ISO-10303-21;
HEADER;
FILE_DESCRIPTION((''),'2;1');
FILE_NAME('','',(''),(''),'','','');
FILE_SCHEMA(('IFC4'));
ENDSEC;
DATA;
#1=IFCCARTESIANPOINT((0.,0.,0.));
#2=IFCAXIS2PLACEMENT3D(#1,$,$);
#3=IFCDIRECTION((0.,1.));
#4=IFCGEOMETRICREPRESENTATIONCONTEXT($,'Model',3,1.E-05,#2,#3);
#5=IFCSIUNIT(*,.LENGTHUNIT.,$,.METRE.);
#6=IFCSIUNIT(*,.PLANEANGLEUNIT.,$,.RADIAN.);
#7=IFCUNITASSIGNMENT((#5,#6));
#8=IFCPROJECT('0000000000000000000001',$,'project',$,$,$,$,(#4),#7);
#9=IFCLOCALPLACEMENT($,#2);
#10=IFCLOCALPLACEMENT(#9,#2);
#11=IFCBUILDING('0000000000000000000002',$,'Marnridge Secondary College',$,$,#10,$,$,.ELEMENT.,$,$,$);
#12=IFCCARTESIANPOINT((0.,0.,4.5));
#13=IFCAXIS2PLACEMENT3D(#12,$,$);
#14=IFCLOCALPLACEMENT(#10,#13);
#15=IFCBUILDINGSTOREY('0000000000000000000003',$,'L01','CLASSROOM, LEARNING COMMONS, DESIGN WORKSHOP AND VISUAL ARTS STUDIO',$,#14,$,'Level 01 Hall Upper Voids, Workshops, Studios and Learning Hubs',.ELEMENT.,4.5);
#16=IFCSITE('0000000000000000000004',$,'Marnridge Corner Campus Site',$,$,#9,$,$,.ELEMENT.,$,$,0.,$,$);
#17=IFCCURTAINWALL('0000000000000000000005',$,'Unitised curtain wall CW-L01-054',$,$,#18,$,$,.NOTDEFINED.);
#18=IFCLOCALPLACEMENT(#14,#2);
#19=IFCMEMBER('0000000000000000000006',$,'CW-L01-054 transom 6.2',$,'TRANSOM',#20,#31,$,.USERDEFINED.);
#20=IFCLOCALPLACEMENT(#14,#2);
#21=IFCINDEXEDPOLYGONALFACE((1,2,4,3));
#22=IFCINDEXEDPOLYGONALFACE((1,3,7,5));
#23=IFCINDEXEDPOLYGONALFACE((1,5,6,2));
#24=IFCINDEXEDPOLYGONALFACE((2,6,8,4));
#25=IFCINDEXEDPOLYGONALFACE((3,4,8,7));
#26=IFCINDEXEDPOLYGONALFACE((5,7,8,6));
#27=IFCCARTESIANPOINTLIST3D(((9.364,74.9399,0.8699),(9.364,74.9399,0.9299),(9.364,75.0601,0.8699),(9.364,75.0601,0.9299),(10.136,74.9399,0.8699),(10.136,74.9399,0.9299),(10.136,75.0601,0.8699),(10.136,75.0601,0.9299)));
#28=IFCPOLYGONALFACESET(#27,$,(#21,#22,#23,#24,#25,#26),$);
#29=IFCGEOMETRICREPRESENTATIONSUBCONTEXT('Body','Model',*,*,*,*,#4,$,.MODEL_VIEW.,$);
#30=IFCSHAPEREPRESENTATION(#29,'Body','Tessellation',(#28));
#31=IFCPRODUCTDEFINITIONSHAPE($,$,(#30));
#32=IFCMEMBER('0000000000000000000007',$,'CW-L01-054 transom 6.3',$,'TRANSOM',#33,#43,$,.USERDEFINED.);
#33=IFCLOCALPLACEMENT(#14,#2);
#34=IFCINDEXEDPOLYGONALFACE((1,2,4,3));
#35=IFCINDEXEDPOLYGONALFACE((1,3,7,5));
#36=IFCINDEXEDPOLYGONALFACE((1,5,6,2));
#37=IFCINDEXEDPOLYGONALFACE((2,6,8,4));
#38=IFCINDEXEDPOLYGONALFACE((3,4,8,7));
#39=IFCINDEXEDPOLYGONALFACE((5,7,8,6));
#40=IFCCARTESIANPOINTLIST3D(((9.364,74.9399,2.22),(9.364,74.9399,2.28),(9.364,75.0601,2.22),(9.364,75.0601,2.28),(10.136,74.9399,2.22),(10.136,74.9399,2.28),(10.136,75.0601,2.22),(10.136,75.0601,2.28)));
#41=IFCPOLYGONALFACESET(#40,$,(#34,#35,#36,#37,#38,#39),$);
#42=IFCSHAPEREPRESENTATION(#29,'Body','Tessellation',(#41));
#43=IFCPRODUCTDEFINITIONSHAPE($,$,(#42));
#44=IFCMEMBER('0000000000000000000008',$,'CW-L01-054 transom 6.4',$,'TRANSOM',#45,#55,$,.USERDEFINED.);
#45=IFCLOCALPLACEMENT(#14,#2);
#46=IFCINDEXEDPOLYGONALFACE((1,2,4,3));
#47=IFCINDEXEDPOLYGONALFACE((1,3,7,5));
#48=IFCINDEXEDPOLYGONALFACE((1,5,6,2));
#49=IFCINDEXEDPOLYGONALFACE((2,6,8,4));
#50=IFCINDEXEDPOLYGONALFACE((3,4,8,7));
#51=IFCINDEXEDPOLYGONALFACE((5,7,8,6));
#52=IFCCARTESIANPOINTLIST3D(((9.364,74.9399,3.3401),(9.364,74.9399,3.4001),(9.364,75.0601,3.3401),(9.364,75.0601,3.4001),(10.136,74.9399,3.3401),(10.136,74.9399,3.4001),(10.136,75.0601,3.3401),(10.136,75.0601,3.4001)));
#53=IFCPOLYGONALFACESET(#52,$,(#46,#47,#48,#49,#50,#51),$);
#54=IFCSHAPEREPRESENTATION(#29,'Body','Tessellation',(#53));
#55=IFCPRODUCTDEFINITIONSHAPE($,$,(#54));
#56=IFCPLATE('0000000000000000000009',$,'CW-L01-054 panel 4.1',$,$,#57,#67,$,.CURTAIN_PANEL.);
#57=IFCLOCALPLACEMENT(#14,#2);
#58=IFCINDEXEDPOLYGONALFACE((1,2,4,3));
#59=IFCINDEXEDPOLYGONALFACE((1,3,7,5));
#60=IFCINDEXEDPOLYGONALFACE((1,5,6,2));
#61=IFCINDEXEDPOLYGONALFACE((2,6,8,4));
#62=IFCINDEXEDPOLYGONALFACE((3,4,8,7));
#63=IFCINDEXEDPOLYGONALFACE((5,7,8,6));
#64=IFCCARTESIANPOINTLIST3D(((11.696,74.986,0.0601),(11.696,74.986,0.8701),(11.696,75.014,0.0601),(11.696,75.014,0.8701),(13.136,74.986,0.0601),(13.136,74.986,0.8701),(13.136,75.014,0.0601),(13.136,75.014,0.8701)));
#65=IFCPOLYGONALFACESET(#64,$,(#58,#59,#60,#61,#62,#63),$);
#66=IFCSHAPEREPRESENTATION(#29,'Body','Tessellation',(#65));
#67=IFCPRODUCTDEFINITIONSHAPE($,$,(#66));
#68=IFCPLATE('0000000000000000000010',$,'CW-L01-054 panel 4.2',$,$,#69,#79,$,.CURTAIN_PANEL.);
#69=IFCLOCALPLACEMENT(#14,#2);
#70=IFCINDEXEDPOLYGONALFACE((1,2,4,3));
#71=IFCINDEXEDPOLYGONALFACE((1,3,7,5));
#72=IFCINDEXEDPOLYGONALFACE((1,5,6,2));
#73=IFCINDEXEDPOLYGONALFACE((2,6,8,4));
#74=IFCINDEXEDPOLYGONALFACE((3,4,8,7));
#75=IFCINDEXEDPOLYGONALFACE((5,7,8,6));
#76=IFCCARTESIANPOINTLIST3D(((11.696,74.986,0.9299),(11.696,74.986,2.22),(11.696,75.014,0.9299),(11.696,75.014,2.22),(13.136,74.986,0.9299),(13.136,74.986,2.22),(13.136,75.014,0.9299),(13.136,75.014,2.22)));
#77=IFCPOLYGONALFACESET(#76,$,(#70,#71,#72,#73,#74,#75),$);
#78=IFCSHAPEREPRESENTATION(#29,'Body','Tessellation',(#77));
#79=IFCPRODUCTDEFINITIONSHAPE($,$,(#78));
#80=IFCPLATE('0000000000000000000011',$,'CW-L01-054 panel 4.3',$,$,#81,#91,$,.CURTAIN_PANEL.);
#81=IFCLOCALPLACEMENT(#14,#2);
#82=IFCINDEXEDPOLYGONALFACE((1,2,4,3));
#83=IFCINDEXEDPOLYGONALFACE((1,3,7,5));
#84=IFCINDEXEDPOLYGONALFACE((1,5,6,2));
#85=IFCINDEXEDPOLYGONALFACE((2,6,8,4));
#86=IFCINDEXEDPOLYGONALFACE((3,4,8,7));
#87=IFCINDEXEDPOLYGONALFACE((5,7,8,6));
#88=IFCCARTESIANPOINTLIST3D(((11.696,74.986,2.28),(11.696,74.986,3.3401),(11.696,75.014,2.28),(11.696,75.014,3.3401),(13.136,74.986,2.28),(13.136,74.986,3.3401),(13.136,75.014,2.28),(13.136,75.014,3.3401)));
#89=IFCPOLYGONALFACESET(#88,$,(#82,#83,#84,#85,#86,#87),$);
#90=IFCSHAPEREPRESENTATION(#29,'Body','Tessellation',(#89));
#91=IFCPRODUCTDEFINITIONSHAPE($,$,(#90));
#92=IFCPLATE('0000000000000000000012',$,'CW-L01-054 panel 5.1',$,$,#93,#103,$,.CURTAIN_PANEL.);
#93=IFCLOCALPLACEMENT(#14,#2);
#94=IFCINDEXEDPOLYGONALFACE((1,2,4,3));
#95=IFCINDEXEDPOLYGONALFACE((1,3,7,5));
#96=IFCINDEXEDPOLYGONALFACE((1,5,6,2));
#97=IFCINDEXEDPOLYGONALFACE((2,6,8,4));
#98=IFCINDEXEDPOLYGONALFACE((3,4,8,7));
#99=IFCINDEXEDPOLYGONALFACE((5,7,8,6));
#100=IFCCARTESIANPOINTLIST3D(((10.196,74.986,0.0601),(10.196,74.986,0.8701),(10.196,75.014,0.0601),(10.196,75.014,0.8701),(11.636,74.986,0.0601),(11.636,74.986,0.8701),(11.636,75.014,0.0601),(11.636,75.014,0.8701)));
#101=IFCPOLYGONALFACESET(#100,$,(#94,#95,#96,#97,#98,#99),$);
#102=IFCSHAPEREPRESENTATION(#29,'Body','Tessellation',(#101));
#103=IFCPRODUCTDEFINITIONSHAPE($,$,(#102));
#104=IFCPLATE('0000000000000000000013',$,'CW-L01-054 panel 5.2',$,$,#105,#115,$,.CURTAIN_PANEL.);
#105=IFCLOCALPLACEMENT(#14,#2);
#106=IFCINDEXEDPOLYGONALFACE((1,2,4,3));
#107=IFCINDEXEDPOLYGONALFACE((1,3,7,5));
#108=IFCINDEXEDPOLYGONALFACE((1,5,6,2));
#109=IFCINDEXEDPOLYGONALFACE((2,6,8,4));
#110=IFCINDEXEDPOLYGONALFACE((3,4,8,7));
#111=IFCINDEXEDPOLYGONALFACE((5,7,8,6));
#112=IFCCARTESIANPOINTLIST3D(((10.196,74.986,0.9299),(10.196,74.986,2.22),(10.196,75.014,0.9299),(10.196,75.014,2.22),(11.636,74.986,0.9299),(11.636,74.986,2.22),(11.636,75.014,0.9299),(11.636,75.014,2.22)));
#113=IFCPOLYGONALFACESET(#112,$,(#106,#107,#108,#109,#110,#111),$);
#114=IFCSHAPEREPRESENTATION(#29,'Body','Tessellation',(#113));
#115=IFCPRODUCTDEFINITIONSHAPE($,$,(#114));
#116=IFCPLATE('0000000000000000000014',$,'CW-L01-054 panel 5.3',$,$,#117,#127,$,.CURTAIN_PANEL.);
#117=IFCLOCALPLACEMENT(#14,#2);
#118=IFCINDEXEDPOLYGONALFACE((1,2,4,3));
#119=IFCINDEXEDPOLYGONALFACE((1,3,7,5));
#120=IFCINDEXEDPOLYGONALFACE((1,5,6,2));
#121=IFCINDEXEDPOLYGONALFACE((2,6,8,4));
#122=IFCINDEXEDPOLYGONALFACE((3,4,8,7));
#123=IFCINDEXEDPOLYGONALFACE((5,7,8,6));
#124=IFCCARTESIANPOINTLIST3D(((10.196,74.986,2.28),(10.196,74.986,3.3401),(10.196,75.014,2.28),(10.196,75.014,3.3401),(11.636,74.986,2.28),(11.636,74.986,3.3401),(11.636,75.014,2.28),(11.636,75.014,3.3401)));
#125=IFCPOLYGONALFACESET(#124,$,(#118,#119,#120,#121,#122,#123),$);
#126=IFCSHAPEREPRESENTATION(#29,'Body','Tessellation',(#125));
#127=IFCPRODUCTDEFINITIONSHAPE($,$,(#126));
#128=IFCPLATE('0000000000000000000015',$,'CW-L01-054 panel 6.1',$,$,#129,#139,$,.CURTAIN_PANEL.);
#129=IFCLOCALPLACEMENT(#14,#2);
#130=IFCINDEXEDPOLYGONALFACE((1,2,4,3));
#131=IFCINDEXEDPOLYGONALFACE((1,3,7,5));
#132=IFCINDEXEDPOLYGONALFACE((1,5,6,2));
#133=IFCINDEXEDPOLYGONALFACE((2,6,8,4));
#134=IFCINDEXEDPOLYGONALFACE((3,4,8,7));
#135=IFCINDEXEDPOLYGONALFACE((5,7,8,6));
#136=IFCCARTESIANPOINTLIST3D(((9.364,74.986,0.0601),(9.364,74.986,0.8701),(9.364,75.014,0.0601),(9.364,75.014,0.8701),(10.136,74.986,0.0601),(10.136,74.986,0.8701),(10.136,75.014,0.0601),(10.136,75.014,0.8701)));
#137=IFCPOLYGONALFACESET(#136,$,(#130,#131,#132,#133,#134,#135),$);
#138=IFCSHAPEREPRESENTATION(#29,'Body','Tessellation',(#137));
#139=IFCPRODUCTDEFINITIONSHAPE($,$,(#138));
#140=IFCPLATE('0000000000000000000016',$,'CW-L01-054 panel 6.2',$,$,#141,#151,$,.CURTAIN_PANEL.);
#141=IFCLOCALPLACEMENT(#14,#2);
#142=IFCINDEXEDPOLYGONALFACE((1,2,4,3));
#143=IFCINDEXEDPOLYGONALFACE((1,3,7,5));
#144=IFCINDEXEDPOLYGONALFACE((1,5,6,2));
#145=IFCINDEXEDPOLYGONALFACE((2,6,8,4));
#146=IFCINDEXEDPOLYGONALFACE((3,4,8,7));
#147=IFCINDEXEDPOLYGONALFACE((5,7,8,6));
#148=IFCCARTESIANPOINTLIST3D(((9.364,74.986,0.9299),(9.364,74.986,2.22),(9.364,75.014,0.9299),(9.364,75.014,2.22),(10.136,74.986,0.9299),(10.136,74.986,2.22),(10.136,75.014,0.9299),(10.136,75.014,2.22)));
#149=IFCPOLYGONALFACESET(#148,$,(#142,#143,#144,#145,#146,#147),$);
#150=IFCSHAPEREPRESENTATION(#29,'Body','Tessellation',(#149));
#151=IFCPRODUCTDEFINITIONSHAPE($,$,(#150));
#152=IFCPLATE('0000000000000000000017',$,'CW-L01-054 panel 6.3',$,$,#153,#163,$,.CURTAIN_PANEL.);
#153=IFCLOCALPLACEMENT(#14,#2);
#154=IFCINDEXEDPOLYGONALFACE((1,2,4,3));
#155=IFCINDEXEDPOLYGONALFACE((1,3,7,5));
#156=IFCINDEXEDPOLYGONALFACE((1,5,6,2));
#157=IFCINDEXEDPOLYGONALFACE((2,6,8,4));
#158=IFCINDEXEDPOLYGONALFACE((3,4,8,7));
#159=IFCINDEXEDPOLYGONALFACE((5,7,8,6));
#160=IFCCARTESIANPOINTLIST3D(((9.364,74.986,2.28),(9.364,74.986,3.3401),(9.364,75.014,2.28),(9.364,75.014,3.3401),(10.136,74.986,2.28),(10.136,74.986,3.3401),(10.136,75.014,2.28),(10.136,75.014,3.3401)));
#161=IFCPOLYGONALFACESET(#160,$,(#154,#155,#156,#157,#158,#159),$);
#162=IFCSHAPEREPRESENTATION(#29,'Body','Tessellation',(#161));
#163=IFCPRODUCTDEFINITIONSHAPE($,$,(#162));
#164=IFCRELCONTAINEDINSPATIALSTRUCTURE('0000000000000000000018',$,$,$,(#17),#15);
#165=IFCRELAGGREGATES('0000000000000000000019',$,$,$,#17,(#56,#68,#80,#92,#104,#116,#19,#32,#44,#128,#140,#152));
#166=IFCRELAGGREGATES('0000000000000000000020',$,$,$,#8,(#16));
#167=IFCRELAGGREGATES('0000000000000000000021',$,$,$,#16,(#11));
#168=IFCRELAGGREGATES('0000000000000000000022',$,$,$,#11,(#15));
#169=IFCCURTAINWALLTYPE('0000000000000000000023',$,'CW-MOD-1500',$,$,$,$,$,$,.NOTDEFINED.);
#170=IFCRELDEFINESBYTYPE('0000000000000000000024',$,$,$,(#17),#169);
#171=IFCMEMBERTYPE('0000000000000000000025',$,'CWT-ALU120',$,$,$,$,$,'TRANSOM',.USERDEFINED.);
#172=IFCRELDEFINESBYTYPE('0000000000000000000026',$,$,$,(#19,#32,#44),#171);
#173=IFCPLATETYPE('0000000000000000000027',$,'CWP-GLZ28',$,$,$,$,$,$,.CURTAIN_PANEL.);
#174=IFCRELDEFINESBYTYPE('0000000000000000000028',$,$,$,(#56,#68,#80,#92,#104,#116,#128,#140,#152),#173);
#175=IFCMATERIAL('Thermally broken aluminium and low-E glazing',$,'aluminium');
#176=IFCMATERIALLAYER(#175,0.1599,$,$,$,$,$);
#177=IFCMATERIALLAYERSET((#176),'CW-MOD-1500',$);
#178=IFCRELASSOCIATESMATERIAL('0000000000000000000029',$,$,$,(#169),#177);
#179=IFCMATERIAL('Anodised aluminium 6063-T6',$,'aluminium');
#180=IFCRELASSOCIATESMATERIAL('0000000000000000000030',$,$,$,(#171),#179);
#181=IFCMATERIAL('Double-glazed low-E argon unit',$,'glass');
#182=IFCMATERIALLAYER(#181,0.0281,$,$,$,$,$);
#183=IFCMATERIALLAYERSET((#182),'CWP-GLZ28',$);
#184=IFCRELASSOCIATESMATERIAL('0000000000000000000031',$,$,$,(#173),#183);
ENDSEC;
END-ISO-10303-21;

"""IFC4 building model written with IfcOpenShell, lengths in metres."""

from ifc_helpers import new_model, si_unit, direction, frame, origin, origin_2d, place, context, subcontext, project, spatial, rectangle, extrude, material, layer, layer_set, material_profile, profile_set, type_object, element, aggregate, save


model = new_model("IFC4")

# Units and contexts
model_context = context("Model", 3, precision=1e-05, world=origin(), true_north=direction((0.0, 1.0)))
body_context = subcontext(model_context, "Body", "Model", "MODEL_VIEW")
ifc_project = project(units=[si_unit("LENGTHUNIT", "METRE"), si_unit("PLANEANGLEUNIT", "RADIAN")], contexts=[model_context])

# Site, building, storey
site_placement = place(None, origin())
site = spatial("IfcSite", under=ifc_project, at=site_placement, Name="Marnridge Corner Campus Site", CompositionType="ELEMENT", RefElevation=0.0)
building_placement = place(site_placement, origin())
building = spatial("IfcBuilding", under=site, at=building_placement, Name="Marnridge Secondary College", CompositionType="ELEMENT")
storey_placement = place(building_placement, frame((0.0, 0.0, 4.5)))
storey = spatial("IfcBuildingStorey", under=building, at=storey_placement, Name="L01", Description="CLASSROOM, LEARNING COMMONS, DESIGN WORKSHOP AND VISUAL ARTS STUDIO", LongName="Level 01 Hall Upper Voids, Workshops, Studios and Learning Hubs", CompositionType="ELEMENT", Elevation=4.5)

# Curtain wall, members, plates
ifc_material_1 = material(Name="Thermally broken aluminium and low-E glazing", Category="aluminium")
ifc_layer_1 = layer(ifc_material_1, 0.1599)
ifc_layer_set_1 = layer_set([ifc_layer_1], Name="CW-MOD-1500")
curtain_wall_type = type_object("IfcCurtainWallType", Name="CW-MOD-1500", PredefinedType="NOTDEFINED", material=ifc_layer_set_1)
curtain_wall_placement = place(storey_placement, origin())
curtain_wall = element("IfcCurtainWall", 1, at=curtain_wall_placement, inside=storey, type_object=curtain_wall_type, Name="Unitised curtain wall CW-L01-054", PredefinedType="NOTDEFINED")
ifc_material_2 = material(Name="Anodised aluminium 6063-T6", Category="aluminium")
ifc_material_profile_1 = material_profile(ifc_material_2, rectangle(XDim=0.0601, YDim=0.1201, at=origin_2d()), Name="ALU 60x120")
ifc_profile_set_1 = profile_set([ifc_material_profile_1], Name="Anodised aluminium 6063-T6")
member_type_1 = type_object("IfcMemberType", Name="CWT-ALU120", ElementType="TRANSOM", PredefinedType="USERDEFINED", material=ifc_profile_set_1)
member_1_placement = place(storey_placement, frame((10.136, 75.0, 0.8999), z_axis=(-1.0, 0.0, 0.0), x_axis=(0.0, 0.0, 1.0)))
member_1 = element("IfcMember", 2, at=member_1_placement, type_object=member_type_1, Name="CW-L01-054 transom 6.2", ObjectType="TRANSOM", PredefinedType="USERDEFINED", context=body_context, shape_type="SweptSolid", body=[
    extrude(rectangle(XDim=0.0601, YDim=0.1201, at=origin_2d()), origin(), (0.0, 0.0, 1.0), 0.772),
])
member_2_placement = place(storey_placement, frame((10.136, 75.0, 2.25), z_axis=(-1.0, 0.0, 0.0), x_axis=(0.0, 0.0, 1.0)))
member_2 = element("IfcMember", 3, at=member_2_placement, type_object=member_type_1, Name="CW-L01-054 transom 6.3", ObjectType="TRANSOM", PredefinedType="USERDEFINED", context=body_context, shape_type="SweptSolid", body=[
    extrude(rectangle(XDim=0.0601, YDim=0.1201, at=origin_2d()), origin(), (0.0, 0.0, 1.0), 0.772),
])
member_3_placement = place(storey_placement, frame((10.136, 75.0, 3.3701), z_axis=(-1.0, 0.0, 0.0), x_axis=(0.0, 0.0, 1.0)))
member_3 = element("IfcMember", 4, at=member_3_placement, type_object=member_type_1, Name="CW-L01-054 transom 6.4", ObjectType="TRANSOM", PredefinedType="USERDEFINED", context=body_context, shape_type="SweptSolid", body=[
    extrude(rectangle(XDim=0.0601, YDim=0.1201, at=origin_2d()), origin(), (0.0, 0.0, 1.0), 0.772),
])
ifc_material_3 = material(Name="Double-glazed low-E argon unit", Category="glass")
ifc_layer_2 = layer(ifc_material_3, 0.0281)
ifc_layer_set_2 = layer_set([ifc_layer_2], Name="CWP-GLZ28")
plate_type = type_object("IfcPlateType", Name="CWP-GLZ28", PredefinedType="CURTAIN_PANEL", material=ifc_layer_set_2)
plate_1_placement = place(storey_placement, frame((12.416, 75.0, 0.0601), z_axis=(0.0, 0.0, 1.0), x_axis=(-1.0, 0.0, 0.0)))
plate_1 = element("IfcPlate", 5, at=plate_1_placement, type_object=plate_type, Name="CW-L01-054 panel 4.1", PredefinedType="CURTAIN_PANEL", context=body_context, shape_type="SweptSolid", body=[
    extrude(rectangle(XDim=1.4399, YDim=0.0281, at=origin_2d()), origin(), (0.0, 0.0, 1.0), 0.8101),
])
plate_2_placement = place(storey_placement, frame((12.416, 75.0, 0.9299), z_axis=(0.0, 0.0, 1.0), x_axis=(-1.0, 0.0, 0.0)))
plate_2 = element("IfcPlate", 6, at=plate_2_placement, type_object=plate_type, Name="CW-L01-054 panel 4.2", PredefinedType="CURTAIN_PANEL", context=body_context, shape_type="SweptSolid", body=[
    extrude(rectangle(XDim=1.4399, YDim=0.0281, at=origin_2d()), origin(), (0.0, 0.0, 1.0), 1.29),
])
plate_3_placement = place(storey_placement, frame((12.416, 75.0, 2.28), z_axis=(0.0, 0.0, 1.0), x_axis=(-1.0, 0.0, 0.0)))
plate_3 = element("IfcPlate", 7, at=plate_3_placement, type_object=plate_type, Name="CW-L01-054 panel 4.3", PredefinedType="CURTAIN_PANEL", context=body_context, shape_type="SweptSolid", body=[
    extrude(rectangle(XDim=1.4399, YDim=0.0281, at=origin_2d()), origin(), (0.0, 0.0, 1.0), 1.0601),
])
plate_4_placement = place(storey_placement, frame((10.916, 75.0, 0.0601), z_axis=(0.0, 0.0, 1.0), x_axis=(-1.0, 0.0, 0.0)))
plate_4 = element("IfcPlate", 8, at=plate_4_placement, type_object=plate_type, Name="CW-L01-054 panel 5.1", PredefinedType="CURTAIN_PANEL", context=body_context, shape_type="SweptSolid", body=[
    extrude(rectangle(XDim=1.4399, YDim=0.0281, at=origin_2d()), origin(), (0.0, 0.0, 1.0), 0.8101),
])
plate_5_placement = place(storey_placement, frame((10.916, 75.0, 0.9299), z_axis=(0.0, 0.0, 1.0), x_axis=(-1.0, 0.0, 0.0)))
plate_5 = element("IfcPlate", 9, at=plate_5_placement, type_object=plate_type, Name="CW-L01-054 panel 5.2", PredefinedType="CURTAIN_PANEL", context=body_context, shape_type="SweptSolid", body=[
    extrude(rectangle(XDim=1.4399, YDim=0.0281, at=origin_2d()), origin(), (0.0, 0.0, 1.0), 1.29),
])
plate_6_placement = place(storey_placement, frame((10.916, 75.0, 2.28), z_axis=(0.0, 0.0, 1.0), x_axis=(-1.0, 0.0, 0.0)))
plate_6 = element("IfcPlate", 10, at=plate_6_placement, type_object=plate_type, Name="CW-L01-054 panel 5.3", PredefinedType="CURTAIN_PANEL", context=body_context, shape_type="SweptSolid", body=[
    extrude(rectangle(XDim=1.4399, YDim=0.0281, at=origin_2d()), origin(), (0.0, 0.0, 1.0), 1.0601),
])
plate_7_placement = place(storey_placement, frame((9.75, 75.0, 0.0601), z_axis=(0.0, 0.0, 1.0), x_axis=(-1.0, 0.0, 0.0)))
plate_7 = element("IfcPlate", 11, at=plate_7_placement, type_object=plate_type, Name="CW-L01-054 panel 6.1", PredefinedType="CURTAIN_PANEL", context=body_context, shape_type="SweptSolid", body=[
    extrude(rectangle(XDim=0.772, YDim=0.0281, at=origin_2d()), origin(), (0.0, 0.0, 1.0), 0.8101),
])
plate_8_placement = place(storey_placement, frame((9.75, 75.0, 0.9299), z_axis=(0.0, 0.0, 1.0), x_axis=(-1.0, 0.0, 0.0)))
plate_8 = element("IfcPlate", 12, at=plate_8_placement, type_object=plate_type, Name="CW-L01-054 panel 6.2", PredefinedType="CURTAIN_PANEL", context=body_context, shape_type="SweptSolid", body=[
    extrude(rectangle(XDim=0.772, YDim=0.0281, at=origin_2d()), origin(), (0.0, 0.0, 1.0), 1.29),
])
plate_9_placement = place(storey_placement, frame((9.75, 75.0, 2.28), z_axis=(0.0, 0.0, 1.0), x_axis=(-1.0, 0.0, 0.0)))
plate_9 = element("IfcPlate", 13, at=plate_9_placement, type_object=plate_type, Name="CW-L01-054 panel 6.3", PredefinedType="CURTAIN_PANEL", context=body_context, shape_type="SweptSolid", body=[
    extrude(rectangle(XDim=0.772, YDim=0.0281, at=origin_2d()), origin(), (0.0, 0.0, 1.0), 1.0601),
])
aggregate(curtain_wall, [plate_1, plate_2, plate_3, plate_4, plate_5, plate_6, member_1, member_2, member_3, plate_7, plate_8, plate_9])

save(model, "model.ifc")
